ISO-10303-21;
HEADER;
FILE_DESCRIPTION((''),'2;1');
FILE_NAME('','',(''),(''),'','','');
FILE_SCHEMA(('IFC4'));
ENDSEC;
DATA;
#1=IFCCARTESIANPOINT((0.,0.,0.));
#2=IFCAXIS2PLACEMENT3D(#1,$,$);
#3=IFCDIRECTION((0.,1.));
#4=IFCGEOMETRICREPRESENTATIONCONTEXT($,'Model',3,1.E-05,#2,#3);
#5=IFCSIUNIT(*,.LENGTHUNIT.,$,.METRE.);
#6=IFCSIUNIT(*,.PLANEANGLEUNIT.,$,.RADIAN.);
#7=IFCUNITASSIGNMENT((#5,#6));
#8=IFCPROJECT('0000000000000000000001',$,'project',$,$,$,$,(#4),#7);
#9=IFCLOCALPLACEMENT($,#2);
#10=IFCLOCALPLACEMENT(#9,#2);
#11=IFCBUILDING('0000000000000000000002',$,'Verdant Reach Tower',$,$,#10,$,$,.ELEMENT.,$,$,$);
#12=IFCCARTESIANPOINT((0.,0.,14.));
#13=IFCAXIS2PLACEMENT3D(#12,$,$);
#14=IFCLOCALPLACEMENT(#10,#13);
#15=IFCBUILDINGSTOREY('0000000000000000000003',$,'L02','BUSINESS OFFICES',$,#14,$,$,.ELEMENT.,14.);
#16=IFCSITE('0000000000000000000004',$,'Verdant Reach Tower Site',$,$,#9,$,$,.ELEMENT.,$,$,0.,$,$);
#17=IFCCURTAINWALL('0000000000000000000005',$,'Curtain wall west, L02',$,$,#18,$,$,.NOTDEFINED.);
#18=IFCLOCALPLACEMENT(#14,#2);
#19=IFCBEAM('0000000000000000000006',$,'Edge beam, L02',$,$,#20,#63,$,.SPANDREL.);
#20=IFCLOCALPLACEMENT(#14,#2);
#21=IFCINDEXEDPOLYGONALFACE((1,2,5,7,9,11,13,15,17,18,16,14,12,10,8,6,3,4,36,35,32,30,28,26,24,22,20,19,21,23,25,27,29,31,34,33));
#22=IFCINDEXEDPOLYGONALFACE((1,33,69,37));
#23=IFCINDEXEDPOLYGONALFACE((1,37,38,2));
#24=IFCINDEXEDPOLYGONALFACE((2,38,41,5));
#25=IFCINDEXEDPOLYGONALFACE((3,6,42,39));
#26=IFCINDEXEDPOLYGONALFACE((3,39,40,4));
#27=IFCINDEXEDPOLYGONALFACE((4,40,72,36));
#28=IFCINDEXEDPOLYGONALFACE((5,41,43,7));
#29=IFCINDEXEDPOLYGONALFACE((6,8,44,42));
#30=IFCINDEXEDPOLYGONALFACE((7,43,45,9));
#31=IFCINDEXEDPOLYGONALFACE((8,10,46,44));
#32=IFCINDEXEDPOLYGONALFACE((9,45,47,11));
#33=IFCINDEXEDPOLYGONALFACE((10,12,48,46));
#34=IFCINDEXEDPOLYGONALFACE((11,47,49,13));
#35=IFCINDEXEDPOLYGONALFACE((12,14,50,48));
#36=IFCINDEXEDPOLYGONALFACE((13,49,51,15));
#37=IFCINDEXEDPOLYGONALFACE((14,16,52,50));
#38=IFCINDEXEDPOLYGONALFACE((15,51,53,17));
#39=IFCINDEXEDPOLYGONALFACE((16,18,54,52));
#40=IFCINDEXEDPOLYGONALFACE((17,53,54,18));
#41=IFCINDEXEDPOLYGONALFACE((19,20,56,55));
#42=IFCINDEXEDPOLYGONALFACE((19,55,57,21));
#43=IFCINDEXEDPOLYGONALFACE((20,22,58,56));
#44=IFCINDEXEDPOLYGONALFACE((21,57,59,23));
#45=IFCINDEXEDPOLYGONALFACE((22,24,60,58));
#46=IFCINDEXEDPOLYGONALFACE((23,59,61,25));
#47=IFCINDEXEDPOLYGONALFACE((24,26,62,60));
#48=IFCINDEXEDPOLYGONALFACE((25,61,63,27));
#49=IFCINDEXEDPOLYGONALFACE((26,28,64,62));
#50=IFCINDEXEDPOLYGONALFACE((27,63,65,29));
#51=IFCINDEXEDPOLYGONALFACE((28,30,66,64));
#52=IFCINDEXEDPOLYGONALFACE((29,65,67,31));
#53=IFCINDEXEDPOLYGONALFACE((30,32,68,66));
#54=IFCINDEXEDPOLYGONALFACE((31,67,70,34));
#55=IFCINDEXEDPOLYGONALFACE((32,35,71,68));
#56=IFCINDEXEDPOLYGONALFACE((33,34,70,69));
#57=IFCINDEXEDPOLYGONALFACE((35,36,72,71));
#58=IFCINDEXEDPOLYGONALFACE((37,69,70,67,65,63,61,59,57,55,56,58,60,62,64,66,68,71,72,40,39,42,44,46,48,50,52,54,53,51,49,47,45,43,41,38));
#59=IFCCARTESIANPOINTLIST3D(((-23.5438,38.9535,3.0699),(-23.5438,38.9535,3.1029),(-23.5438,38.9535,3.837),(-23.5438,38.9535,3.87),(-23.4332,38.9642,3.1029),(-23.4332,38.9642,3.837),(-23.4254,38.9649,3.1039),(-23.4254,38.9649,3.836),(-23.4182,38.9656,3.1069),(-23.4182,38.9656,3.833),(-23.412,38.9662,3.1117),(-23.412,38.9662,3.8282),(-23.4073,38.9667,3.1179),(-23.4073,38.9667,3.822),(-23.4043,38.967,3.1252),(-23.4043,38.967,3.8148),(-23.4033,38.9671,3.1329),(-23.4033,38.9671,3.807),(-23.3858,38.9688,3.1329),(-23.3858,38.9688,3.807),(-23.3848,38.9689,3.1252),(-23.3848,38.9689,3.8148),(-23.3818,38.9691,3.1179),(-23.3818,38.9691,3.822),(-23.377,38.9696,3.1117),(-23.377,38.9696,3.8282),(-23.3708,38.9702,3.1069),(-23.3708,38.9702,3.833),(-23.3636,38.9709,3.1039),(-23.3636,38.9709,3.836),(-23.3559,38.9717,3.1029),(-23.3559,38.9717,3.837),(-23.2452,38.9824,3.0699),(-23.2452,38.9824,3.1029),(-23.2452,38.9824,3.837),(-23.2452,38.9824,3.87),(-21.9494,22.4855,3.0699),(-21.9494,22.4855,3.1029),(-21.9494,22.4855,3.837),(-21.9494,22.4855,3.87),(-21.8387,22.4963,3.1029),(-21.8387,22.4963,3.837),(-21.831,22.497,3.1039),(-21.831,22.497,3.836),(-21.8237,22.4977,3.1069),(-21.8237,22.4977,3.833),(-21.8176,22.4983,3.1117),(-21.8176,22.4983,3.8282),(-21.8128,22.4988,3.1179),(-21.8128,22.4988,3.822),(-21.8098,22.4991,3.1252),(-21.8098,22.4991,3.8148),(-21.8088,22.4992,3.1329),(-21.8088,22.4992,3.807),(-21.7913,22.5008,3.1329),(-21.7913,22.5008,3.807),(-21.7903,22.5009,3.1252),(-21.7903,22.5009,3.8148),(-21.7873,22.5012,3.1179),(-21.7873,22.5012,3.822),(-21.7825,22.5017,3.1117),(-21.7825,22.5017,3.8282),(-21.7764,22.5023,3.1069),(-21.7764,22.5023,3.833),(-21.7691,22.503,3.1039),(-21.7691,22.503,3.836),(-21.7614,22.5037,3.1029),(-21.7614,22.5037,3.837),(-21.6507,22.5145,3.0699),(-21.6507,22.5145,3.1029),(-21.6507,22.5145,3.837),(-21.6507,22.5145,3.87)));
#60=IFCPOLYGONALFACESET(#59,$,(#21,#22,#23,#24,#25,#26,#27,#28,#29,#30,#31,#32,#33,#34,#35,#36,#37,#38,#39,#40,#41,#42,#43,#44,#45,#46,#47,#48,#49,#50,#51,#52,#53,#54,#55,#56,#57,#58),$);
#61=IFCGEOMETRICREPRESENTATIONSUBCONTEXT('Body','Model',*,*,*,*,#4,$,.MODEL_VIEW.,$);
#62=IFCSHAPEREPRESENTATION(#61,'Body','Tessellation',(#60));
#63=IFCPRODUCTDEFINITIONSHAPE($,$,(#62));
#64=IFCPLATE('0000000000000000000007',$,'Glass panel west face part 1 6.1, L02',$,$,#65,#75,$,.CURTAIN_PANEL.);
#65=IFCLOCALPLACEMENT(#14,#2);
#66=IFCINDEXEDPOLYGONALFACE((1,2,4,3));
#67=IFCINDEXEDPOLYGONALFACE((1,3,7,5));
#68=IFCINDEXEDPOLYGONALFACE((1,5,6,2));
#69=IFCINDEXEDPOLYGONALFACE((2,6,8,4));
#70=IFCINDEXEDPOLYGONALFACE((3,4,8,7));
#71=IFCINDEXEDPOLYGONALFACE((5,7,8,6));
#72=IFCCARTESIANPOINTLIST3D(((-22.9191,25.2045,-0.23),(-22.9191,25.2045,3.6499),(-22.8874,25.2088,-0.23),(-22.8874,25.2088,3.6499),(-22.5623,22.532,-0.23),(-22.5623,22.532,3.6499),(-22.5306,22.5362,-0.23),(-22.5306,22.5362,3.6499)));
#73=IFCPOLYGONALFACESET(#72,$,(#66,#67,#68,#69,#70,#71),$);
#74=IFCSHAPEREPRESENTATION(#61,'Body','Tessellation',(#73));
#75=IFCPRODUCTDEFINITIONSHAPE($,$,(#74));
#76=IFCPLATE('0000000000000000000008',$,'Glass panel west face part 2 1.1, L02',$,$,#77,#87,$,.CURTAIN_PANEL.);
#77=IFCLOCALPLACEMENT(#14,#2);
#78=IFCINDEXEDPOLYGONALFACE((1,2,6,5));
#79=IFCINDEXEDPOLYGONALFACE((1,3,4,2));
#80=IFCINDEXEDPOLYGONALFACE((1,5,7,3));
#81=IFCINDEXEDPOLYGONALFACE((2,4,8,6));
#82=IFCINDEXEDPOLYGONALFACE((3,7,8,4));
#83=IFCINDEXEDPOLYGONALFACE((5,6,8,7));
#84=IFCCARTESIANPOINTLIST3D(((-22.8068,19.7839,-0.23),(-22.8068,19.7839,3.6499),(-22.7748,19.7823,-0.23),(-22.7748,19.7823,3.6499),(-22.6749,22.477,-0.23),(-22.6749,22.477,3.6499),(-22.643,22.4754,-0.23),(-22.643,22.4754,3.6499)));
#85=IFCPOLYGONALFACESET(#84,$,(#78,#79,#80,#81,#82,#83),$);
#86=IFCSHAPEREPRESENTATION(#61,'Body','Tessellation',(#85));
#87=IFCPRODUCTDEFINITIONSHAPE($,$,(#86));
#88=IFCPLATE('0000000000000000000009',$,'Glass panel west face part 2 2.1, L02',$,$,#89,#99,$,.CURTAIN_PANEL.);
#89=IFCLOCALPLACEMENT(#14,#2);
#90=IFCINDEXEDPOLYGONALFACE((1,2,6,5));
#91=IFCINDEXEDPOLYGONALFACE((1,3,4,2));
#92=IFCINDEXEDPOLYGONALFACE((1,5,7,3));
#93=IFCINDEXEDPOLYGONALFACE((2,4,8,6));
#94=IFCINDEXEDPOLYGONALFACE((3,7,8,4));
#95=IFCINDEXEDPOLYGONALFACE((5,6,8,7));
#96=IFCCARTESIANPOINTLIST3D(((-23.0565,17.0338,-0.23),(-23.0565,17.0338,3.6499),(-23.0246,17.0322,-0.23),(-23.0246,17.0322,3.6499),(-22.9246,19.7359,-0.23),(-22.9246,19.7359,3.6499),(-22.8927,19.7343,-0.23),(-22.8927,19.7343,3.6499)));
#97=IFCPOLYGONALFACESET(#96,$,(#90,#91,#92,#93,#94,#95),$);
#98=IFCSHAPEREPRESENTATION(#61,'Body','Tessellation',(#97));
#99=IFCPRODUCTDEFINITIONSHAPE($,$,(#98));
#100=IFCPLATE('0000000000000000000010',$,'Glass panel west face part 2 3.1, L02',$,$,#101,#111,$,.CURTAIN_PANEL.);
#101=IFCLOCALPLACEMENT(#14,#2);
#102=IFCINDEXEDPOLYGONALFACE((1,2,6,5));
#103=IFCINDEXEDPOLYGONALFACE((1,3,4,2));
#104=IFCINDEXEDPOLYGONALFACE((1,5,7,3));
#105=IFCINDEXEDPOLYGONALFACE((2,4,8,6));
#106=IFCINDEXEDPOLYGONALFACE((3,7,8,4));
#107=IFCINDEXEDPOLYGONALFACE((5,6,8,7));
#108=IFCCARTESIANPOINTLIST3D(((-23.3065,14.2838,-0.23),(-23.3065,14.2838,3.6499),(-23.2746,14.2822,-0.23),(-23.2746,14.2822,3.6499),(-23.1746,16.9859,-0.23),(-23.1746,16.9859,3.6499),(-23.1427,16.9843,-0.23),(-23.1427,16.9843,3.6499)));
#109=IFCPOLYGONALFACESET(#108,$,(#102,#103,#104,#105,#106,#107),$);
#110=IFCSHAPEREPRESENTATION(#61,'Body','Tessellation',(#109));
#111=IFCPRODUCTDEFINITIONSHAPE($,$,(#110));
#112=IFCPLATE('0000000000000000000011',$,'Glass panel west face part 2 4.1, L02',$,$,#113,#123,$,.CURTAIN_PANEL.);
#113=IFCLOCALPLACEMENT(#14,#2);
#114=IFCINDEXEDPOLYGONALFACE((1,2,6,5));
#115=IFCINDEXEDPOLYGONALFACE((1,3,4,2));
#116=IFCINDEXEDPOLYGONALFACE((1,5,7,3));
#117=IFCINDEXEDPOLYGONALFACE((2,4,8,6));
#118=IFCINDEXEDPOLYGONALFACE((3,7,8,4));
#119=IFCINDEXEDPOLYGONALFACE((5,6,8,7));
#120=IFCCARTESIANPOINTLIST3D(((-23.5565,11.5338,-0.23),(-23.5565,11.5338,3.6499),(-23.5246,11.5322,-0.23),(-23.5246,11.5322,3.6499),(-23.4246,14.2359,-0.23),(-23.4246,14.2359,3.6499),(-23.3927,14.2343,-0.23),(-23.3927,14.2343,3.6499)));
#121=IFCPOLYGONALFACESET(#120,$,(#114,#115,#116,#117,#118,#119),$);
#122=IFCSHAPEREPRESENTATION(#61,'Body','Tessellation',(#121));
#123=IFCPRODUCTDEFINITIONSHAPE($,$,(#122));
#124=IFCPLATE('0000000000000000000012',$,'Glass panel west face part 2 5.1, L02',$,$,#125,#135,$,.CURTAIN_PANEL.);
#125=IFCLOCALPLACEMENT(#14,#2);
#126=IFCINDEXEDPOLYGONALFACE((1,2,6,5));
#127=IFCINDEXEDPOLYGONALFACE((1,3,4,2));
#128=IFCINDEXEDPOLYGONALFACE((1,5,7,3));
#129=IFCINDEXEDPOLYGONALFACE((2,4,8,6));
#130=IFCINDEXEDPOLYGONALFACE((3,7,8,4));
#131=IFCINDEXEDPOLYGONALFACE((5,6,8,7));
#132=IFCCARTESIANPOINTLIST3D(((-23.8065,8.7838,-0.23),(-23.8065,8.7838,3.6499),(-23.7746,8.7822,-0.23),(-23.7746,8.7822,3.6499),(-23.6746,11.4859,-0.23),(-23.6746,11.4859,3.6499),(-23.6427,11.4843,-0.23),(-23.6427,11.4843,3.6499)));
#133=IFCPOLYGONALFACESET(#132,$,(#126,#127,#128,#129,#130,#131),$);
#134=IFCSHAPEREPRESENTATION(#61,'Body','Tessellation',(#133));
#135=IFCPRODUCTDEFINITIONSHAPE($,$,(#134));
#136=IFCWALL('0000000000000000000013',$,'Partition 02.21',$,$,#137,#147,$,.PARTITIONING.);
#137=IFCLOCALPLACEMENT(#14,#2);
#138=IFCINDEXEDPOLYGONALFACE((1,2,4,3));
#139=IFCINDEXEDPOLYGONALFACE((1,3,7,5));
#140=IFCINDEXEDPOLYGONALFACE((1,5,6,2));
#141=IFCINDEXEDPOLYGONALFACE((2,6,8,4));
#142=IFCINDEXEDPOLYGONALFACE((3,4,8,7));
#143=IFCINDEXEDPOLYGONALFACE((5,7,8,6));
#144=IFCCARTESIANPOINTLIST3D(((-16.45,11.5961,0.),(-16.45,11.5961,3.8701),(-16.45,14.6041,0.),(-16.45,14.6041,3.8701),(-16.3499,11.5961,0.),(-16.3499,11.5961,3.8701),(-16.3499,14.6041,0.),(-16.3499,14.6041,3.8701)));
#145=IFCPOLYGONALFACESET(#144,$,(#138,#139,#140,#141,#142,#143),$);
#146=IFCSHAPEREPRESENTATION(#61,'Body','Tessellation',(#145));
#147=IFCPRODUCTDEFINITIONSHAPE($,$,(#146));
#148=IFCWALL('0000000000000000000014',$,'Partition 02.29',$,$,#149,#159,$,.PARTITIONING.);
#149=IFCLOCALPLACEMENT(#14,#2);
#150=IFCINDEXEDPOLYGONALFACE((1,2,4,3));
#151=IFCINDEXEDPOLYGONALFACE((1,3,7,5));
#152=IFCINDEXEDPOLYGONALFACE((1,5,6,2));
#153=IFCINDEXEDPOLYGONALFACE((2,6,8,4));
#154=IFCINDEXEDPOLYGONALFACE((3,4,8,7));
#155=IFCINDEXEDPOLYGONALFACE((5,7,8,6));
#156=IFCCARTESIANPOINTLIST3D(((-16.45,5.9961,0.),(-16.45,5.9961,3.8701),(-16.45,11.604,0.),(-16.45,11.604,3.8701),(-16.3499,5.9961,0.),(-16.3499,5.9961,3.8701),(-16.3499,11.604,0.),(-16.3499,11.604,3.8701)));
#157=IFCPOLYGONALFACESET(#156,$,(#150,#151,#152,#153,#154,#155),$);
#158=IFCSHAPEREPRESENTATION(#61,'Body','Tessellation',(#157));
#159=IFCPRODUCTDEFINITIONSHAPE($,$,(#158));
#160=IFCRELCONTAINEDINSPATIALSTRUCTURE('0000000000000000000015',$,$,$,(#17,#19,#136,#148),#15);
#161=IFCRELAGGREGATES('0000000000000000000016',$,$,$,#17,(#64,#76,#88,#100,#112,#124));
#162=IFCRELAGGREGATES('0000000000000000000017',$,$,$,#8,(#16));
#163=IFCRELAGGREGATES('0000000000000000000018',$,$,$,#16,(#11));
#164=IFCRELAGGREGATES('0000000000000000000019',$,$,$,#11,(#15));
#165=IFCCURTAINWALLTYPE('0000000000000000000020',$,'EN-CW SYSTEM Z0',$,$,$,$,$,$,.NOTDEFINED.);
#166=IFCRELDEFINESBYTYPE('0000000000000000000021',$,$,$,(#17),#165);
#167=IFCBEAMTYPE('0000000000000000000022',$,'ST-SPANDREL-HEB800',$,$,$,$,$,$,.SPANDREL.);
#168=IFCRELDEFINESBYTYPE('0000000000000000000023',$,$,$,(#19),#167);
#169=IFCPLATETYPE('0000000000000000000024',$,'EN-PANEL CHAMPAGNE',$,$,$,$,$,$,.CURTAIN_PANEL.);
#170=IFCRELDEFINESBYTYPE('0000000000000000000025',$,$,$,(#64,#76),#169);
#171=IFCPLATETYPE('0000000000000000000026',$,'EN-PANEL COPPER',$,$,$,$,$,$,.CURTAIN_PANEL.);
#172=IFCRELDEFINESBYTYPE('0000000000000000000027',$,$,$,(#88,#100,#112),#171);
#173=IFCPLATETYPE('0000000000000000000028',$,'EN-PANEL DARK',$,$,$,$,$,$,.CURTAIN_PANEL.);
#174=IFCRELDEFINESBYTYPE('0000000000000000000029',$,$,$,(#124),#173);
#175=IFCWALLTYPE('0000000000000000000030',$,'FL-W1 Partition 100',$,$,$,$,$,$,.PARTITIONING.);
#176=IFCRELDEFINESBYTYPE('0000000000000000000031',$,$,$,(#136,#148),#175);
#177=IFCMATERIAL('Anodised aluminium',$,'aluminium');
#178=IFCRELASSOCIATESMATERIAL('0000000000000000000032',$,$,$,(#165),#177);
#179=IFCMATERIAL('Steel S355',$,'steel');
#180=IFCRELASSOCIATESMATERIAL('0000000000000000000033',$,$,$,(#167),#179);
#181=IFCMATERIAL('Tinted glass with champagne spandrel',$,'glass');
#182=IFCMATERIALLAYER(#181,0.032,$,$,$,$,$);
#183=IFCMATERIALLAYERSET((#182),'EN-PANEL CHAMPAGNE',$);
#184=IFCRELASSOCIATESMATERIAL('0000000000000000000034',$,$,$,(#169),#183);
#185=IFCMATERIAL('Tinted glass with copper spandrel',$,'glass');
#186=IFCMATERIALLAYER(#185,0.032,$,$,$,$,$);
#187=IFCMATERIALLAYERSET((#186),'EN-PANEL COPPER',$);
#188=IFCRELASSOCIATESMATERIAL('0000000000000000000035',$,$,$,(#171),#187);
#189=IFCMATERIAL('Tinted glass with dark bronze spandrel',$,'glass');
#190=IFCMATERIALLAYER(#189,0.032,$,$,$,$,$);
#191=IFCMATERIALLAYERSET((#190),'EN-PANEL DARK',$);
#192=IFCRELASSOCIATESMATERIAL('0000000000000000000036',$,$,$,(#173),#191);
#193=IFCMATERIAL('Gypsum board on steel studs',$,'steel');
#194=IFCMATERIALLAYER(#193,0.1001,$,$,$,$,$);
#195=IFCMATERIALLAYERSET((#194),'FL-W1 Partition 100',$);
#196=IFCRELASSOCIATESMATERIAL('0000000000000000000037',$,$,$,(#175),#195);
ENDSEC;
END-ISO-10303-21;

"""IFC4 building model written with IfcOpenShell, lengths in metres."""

from ifc_helpers import new_model, si_unit, direction, frame, frame_2d, origin, origin_2d, place, context, subcontext, project, spatial, rectangle, i_section, extrude, material, layer, layer_set, material_profile, profile_set, type_object, element, aggregate, save


model = new_model("IFC4")

# Units and contexts
model_context = context("Model", 3, precision=1e-05, world=origin(), true_north=direction((0.0, 1.0)))
body_context = subcontext(model_context, "Body", "Model", "MODEL_VIEW")
ifc_project = project(units=[si_unit("LENGTHUNIT", "METRE"), si_unit("PLANEANGLEUNIT", "RADIAN")], contexts=[model_context])

# Site, building, storey
site_placement = place(None, origin())
site = spatial("IfcSite", under=ifc_project, at=site_placement, Name="Verdant Reach Tower Site", CompositionType="ELEMENT", RefElevation=0.0)
building_placement = place(site_placement, origin())
building = spatial("IfcBuilding", under=site, at=building_placement, Name="Verdant Reach Tower", CompositionType="ELEMENT")
storey_placement = place(building_placement, frame((0.0, 0.0, 14.0)))
storey = spatial("IfcBuildingStorey", under=building, at=storey_placement, Name="L02", Description="BUSINESS OFFICES", CompositionType="ELEMENT", Elevation=14.0)

# Curtain wall
ifc_material_1 = material(Name="Anodised aluminium", Category="aluminium")
curtain_wall_type = type_object("IfcCurtainWallType", Name="EN-CW SYSTEM Z0", PredefinedType="NOTDEFINED", material=ifc_material_1)
curtain_wall_placement = place(storey_placement, origin())
curtain_wall = element("IfcCurtainWall", 1, at=curtain_wall_placement, inside=storey, type_object=curtain_wall_type, Name="Curtain wall west, L02", PredefinedType="NOTDEFINED")

# Beam
ifc_material_2 = material(Name="Steel S355", Category="steel")
ifc_material_profile_1 = material_profile(ifc_material_2, i_section(OverallWidth=0.3, OverallDepth=0.8, WebThickness=0.0176, FlangeThickness=0.033, FilletRadius=0.03, at=origin_2d()), Name="HEB 800")
ifc_profile_set_1 = profile_set([ifc_material_profile_1], Name="Steel S355")
beam_type_1 = type_object("IfcBeamType", Name="ST-SPANDREL-HEB800", PredefinedType="SPANDREL", material=ifc_profile_set_1)
beam_1_placement = place(storey_placement, frame((-21.8, 22.5, 3.47), z_axis=(-0.096372, 0.995345, 0.0), x_axis=(-0.995345, -0.096372, 0.0)))
element("IfcBeam", 2, at=beam_1_placement, inside=storey, type_object=beam_type_1, Name="Edge beam, L02", PredefinedType="SPANDREL", context=body_context, shape_type="SweptSolid", body=[
    extrude(i_section(OverallWidth=0.3, OverallDepth=0.8, WebThickness=0.0176, FlangeThickness=0.033, FilletRadius=0.03, at=origin_2d()), origin(), (0.0, 0.0, 1.0), 16.5449),
])

# Plates
ifc_material_3 = material(Name="Tinted glass with champagne spandrel", Category="glass")
ifc_layer_1 = layer(ifc_material_3, 0.032)
ifc_layer_set_1 = layer_set([ifc_layer_1], Name="EN-PANEL CHAMPAGNE")
plate_type_1 = type_object("IfcPlateType", Name="EN-PANEL CHAMPAGNE", PredefinedType="CURTAIN_PANEL", material=ifc_layer_set_1)
plate_1_placement = place(storey_placement, frame((-22.7249, 23.8704, -0.23), z_axis=(0.0, 0.0, 1.0), x_axis=(0.132308, -0.991209, 0.0)))
plate_1 = element("IfcPlate", 3, at=plate_1_placement, type_object=plate_type_1, Name="Glass panel west face part 1 6.1, L02", PredefinedType="CURTAIN_PANEL", context=body_context, shape_type="SweptSolid", body=[
    extrude(rectangle(XDim=2.6963, YDim=0.032, at=origin_2d()), origin(), (0.0, 0.0, 1.0), 3.8799),
])
plate_2_placement = place(storey_placement, frame((-22.7249, 21.1296, -0.23), z_axis=(0.0, 0.0, 1.0), x_axis=(-0.048902, -0.998804, 0.0)))
plate_2 = element("IfcPlate", 4, at=plate_2_placement, type_object=plate_type_1, Name="Glass panel west face part 2 1.1, L02", PredefinedType="CURTAIN_PANEL", context=body_context, shape_type="SweptSolid", body=[
    extrude(rectangle(XDim=2.6963, YDim=0.032, at=origin_2d()), origin(), (0.0, 0.0, 1.0), 3.8799),
])
ifc_material_4 = material(Name="Tinted glass with copper spandrel", Category="glass")
ifc_layer_2 = layer(ifc_material_4, 0.032)
ifc_layer_set_2 = layer_set([ifc_layer_2], Name="EN-PANEL COPPER")
plate_type_2 = type_object("IfcPlateType", Name="EN-PANEL COPPER", PredefinedType="CURTAIN_PANEL", material=ifc_layer_set_2)
plate_3_placement = place(storey_placement, frame((-22.9746, 18.384, -0.23), z_axis=(0.0, 0.0, 1.0), x_axis=(-0.048753, -0.998811, 0.0)))
plate_3 = element("IfcPlate", 5, at=plate_3_placement, type_object=plate_type_2, Name="Glass panel west face part 2 2.1, L02", PredefinedType="CURTAIN_PANEL", context=body_context, shape_type="SweptSolid", body=[
    extrude(rectangle(XDim=2.7053, YDim=0.032, at=origin_2d()), origin(), (0.0, 0.0, 1.0), 3.8799),
])
plate_4_placement = place(storey_placement, frame((-23.2246, 15.634, -0.23), z_axis=(0.0, 0.0, 1.0), x_axis=(-0.048753, -0.998811, 0.0)))
plate_4 = element("IfcPlate", 6, at=plate_4_placement, type_object=plate_type_2, Name="Glass panel west face part 2 3.1, L02", PredefinedType="CURTAIN_PANEL", context=body_context, shape_type="SweptSolid", body=[
    extrude(rectangle(XDim=2.7053, YDim=0.032, at=origin_2d()), origin(), (0.0, 0.0, 1.0), 3.8799),
])
plate_5_placement = place(storey_placement, frame((-23.4746, 12.884, -0.23), z_axis=(0.0, 0.0, 1.0), x_axis=(-0.048753, -0.998811, 0.0)))
plate_5 = element("IfcPlate", 7, at=plate_5_placement, type_object=plate_type_2, Name="Glass panel west face part 2 4.1, L02", PredefinedType="CURTAIN_PANEL", context=body_context, shape_type="SweptSolid", body=[
    extrude(rectangle(XDim=2.7053, YDim=0.032, at=origin_2d()), origin(), (0.0, 0.0, 1.0), 3.8799),
])
ifc_material_5 = material(Name="Tinted glass with dark bronze spandrel", Category="glass")
ifc_layer_3 = layer(ifc_material_5, 0.032)
ifc_layer_set_3 = layer_set([ifc_layer_3], Name="EN-PANEL DARK")
plate_type_3 = type_object("IfcPlateType", Name="EN-PANEL DARK", PredefinedType="CURTAIN_PANEL", material=ifc_layer_set_3)
plate_6_placement = place(storey_placement, frame((-23.7246, 10.134, -0.23), z_axis=(0.0, 0.0, 1.0), x_axis=(-0.048753, -0.998811, 0.0)))
plate_6 = element("IfcPlate", 8, at=plate_6_placement, type_object=plate_type_3, Name="Glass panel west face part 2 5.1, L02", PredefinedType="CURTAIN_PANEL", context=body_context, shape_type="SweptSolid", body=[
    extrude(rectangle(XDim=2.7053, YDim=0.032, at=origin_2d()), origin(), (0.0, 0.0, 1.0), 3.8799),
])
aggregate(curtain_wall, [plate_1, plate_2, plate_3, plate_4, plate_5, plate_6])

# Walls
ifc_material_6 = material(Name="Gypsum board on steel studs", Category="steel")
ifc_layer_4 = layer(ifc_material_6, 0.1001)
ifc_layer_set_4 = layer_set([ifc_layer_4], Name="FL-W1 Partition 100")
wall_type_1 = type_object("IfcWallType", Name="FL-W1 Partition 100", PredefinedType="PARTITIONING", material=ifc_layer_set_4)
wall_1_placement = place(storey_placement, frame((-16.3999, 14.604, 0.0), z_axis=(0.0, 0.0, 1.0), x_axis=(0.0, -1.0, 0.0)))
element("IfcWall", 9, at=wall_1_placement, inside=storey, type_object=wall_type_1, Name="Partition 02.21", PredefinedType="PARTITIONING", context=body_context, shape_type="SweptSolid", body=[
    extrude(rectangle(XDim=3.0081, YDim=0.1001, at=frame_2d((1.5039, 0.0))), origin(), (0.0, 0.0, 1.0), 3.8701),
])
wall_2_placement = place(storey_placement, frame((-16.3999, 11.604, 0.0), z_axis=(0.0, 0.0, 1.0), x_axis=(0.0, -1.0, 0.0)))
element("IfcWall", 10, at=wall_2_placement, inside=storey, type_object=wall_type_1, Name="Partition 02.29", PredefinedType="PARTITIONING", context=body_context, shape_type="SweptSolid", body=[
    extrude(rectangle(XDim=5.6079, YDim=0.1001, at=frame_2d((2.804, 0.0))), origin(), (0.0, 0.0, 1.0), 3.8701),
])

save(model, "model.ifc")
